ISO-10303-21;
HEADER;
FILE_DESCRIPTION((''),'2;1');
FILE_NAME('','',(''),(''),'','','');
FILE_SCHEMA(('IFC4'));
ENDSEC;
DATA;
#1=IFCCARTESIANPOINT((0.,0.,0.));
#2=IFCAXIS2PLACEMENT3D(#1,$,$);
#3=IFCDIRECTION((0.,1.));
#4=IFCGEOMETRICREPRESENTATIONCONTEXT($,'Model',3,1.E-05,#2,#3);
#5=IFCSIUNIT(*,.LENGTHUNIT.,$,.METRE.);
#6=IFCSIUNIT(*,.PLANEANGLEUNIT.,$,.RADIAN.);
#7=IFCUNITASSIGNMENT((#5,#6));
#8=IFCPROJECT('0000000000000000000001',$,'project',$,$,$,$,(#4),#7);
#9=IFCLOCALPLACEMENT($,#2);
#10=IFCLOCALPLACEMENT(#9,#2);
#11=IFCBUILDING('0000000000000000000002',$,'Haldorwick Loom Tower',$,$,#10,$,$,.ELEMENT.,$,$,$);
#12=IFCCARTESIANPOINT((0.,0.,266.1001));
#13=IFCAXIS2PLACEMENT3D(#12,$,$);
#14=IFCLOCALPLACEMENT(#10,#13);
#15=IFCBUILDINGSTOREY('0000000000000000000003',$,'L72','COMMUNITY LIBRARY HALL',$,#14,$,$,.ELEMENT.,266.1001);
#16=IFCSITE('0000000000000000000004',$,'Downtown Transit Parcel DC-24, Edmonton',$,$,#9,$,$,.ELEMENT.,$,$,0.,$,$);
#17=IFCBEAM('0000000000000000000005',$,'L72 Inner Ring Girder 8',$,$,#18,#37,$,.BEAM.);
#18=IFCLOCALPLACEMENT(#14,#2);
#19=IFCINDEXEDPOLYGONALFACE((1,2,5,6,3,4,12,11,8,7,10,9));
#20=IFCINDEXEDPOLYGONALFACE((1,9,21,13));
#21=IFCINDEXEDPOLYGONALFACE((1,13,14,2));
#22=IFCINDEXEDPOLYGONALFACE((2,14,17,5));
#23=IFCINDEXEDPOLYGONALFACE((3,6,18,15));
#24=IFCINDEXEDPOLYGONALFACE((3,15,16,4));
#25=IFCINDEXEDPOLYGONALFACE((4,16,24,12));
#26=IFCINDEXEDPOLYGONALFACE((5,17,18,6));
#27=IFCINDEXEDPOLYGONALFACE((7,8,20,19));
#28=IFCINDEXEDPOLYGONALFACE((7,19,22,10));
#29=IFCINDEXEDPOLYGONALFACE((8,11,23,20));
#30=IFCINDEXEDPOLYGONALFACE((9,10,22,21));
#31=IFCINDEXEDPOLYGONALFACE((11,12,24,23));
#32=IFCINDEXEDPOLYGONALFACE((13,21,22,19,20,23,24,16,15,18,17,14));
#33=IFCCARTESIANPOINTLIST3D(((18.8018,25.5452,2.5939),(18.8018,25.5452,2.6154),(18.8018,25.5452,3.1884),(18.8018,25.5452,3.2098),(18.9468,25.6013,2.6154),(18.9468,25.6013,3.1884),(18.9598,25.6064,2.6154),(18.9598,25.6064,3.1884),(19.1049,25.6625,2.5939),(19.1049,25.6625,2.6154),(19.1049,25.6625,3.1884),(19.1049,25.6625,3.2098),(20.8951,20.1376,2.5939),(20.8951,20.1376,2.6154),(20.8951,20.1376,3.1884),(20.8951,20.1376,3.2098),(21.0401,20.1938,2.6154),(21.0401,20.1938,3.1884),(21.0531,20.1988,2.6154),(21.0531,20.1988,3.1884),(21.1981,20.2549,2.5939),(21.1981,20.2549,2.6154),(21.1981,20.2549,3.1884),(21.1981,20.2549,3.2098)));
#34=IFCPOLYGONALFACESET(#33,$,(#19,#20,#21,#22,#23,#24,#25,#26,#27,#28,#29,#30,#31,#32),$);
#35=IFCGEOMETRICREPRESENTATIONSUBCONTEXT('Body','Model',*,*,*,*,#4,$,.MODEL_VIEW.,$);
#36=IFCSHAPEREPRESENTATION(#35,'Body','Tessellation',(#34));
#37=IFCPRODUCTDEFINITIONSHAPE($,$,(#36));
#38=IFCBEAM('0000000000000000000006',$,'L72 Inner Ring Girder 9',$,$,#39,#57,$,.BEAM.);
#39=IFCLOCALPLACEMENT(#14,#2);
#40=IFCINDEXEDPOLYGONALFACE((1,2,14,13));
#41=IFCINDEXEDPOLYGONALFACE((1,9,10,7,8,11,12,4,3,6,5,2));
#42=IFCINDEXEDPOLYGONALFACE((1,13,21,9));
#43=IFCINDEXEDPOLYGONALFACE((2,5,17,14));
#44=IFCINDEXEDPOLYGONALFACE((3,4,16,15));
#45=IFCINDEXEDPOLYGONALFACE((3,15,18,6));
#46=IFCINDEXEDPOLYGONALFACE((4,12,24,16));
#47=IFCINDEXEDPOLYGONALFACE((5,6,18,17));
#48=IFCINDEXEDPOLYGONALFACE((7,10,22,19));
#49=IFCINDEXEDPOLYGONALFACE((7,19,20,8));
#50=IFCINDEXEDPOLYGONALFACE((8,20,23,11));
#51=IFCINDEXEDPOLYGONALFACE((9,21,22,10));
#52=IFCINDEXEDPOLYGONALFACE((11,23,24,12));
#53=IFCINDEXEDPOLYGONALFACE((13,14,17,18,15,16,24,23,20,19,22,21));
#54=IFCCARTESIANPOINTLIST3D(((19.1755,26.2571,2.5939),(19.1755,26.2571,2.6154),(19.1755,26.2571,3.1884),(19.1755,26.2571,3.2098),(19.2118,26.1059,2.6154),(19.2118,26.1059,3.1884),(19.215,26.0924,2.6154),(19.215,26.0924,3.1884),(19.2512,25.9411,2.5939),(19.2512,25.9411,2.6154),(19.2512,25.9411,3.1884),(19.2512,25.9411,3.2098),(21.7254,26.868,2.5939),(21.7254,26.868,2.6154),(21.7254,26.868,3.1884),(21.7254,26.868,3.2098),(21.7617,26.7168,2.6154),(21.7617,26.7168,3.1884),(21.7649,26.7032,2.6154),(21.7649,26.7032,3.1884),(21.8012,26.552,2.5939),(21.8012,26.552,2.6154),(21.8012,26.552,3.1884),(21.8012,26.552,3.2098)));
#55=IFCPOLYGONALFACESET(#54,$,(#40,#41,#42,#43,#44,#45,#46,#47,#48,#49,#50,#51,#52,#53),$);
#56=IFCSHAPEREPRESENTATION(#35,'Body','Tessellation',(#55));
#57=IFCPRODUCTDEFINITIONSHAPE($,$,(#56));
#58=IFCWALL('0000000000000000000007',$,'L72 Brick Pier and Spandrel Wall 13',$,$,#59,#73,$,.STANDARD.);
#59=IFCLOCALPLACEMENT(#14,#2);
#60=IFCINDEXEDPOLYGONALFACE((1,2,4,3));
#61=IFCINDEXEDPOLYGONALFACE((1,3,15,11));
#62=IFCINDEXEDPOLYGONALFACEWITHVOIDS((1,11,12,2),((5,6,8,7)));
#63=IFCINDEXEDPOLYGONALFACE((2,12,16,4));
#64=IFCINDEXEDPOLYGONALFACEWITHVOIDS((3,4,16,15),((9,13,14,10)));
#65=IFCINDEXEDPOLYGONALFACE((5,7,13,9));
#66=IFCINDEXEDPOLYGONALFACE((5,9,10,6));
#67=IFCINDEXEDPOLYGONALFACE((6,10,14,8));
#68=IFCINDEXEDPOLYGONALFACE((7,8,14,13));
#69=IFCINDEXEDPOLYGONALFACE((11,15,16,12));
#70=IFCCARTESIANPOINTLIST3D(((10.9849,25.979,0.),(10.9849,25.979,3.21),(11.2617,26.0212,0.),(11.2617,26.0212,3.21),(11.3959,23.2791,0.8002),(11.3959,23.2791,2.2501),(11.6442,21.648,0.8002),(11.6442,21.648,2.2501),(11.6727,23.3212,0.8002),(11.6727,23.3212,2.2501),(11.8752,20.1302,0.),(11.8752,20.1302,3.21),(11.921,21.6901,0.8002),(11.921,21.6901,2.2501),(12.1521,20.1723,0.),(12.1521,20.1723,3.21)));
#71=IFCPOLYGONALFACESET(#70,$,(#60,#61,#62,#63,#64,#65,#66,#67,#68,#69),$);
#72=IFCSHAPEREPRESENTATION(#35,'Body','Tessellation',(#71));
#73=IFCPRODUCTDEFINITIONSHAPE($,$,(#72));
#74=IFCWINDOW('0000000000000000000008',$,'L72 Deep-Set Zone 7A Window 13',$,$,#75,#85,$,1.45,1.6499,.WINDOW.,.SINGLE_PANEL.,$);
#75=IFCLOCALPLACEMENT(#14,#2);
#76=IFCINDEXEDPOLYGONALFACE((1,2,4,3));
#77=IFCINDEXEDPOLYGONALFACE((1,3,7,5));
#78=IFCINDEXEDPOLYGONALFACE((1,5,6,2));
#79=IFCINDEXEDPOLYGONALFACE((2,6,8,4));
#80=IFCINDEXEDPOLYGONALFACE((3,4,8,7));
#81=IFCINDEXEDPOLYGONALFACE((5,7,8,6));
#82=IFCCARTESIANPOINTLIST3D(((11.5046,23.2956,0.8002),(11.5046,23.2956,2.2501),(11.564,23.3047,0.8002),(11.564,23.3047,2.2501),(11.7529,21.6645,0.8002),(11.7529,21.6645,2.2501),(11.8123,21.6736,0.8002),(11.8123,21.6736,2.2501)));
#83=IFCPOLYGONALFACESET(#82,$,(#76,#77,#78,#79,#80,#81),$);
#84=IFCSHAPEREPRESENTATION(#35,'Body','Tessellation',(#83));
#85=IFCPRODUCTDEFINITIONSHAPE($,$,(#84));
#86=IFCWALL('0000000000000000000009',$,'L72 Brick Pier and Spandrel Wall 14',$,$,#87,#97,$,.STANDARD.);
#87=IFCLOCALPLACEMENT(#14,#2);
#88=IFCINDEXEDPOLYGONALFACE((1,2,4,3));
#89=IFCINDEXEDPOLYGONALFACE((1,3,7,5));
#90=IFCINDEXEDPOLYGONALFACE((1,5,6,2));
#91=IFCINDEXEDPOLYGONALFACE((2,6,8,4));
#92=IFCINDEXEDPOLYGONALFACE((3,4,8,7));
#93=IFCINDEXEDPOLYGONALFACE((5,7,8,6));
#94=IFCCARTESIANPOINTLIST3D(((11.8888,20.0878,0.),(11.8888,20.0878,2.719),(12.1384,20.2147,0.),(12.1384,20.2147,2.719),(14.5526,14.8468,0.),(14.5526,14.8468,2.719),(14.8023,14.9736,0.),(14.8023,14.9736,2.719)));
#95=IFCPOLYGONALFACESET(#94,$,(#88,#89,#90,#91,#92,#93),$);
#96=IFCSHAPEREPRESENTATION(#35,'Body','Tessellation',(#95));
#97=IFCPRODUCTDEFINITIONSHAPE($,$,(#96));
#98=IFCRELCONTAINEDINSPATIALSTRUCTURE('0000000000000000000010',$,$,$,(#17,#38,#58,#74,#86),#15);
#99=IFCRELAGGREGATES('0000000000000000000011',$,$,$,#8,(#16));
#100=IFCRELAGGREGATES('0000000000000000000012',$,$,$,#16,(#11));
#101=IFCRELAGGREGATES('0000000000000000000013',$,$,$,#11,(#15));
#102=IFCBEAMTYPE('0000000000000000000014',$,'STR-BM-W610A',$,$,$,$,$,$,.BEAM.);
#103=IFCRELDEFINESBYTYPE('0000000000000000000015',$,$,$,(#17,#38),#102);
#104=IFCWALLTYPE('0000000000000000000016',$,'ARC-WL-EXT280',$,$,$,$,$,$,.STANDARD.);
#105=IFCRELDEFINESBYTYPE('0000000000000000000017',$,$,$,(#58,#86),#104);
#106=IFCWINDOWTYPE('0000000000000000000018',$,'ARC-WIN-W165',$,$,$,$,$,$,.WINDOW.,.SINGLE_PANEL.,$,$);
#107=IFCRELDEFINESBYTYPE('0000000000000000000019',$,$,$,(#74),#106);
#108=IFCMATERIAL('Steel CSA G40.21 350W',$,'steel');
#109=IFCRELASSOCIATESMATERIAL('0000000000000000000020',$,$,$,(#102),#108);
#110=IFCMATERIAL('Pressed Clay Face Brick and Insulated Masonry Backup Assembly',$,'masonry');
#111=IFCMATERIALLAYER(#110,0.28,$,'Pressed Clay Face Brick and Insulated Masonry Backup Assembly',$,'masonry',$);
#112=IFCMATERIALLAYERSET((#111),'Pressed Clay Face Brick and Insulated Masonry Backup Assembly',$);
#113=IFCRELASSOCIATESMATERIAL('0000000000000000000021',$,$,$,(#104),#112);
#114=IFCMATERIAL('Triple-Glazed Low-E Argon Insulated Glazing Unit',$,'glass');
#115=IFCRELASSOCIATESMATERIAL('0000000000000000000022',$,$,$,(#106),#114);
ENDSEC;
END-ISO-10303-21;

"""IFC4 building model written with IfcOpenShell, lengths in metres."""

from ifc_helpers import new_model, si_unit, direction, frame, frame_2d, origin, origin_2d, place, context, subcontext, project, spatial, rectangle, i_section, extrude, material, layer, layer_set, material_profile, profile_set, type_object, element, fill, save


model = new_model("IFC4")

# Units and contexts
model_context = context("Model", 3, precision=1e-05, world=origin(), true_north=direction((0.0, 1.0)))
body_context = subcontext(model_context, "Body", "Model", "MODEL_VIEW")
ifc_project = project(units=[si_unit("LENGTHUNIT", "METRE"), si_unit("PLANEANGLEUNIT", "RADIAN")], contexts=[model_context])

# Site, building, storey
site_placement = place(None, origin())
site = spatial("IfcSite", under=ifc_project, at=site_placement, Name="Downtown Transit Parcel DC-24, Edmonton", CompositionType="ELEMENT", RefElevation=0.0)
building_placement = place(site_placement, origin())
building = spatial("IfcBuilding", under=site, at=building_placement, Name="Haldorwick Loom Tower", CompositionType="ELEMENT")
storey_placement = place(building_placement, frame((0.0, 0.0, 266.1001)))
storey = spatial("IfcBuildingStorey", under=building, at=storey_placement, Name="L72", Description="COMMUNITY LIBRARY HALL", CompositionType="ELEMENT", Elevation=266.1001)

# Beams
ifc_material_1 = material(Name="Steel CSA G40.21 350W", Category="steel")
ifc_material_profile_1 = material_profile(ifc_material_1, i_section(OverallWidth=0.325, OverallDepth=0.616, WebThickness=0.0139, FlangeThickness=0.0215, at=origin_2d()), Name="W610X174", Category="steel")
ifc_profile_set_1 = profile_set([ifc_material_profile_1], Name="Steel CSA G40.21 350W")
beam_type_1 = type_object("IfcBeamType", Name="STR-BM-W610A", PredefinedType="BEAM", material=ifc_profile_set_1)
beam_1_placement = place(storey_placement, frame((21.0466, 20.1963, 2.9019), z_axis=(-0.361001, 0.932565, 0.0), x_axis=(-0.932565, -0.361001, 0.0)))
element("IfcBeam", 1, at=beam_1_placement, inside=storey, type_object=beam_type_1, Name="L72 Inner Ring Girder 8", PredefinedType="BEAM", context=body_context, shape_type="SweptSolid", body=[
    extrude(i_section(OverallWidth=0.325, OverallDepth=0.616, WebThickness=0.0139, FlangeThickness=0.0215, at=origin_2d()), origin(), (0.0, 0.0, 1.0), 5.7986),
])
beam_2_placement = place(storey_placement, frame((19.2134, 26.0991, 2.9019), z_axis=(0.972484, 0.232971, 0.0), x_axis=(-0.232971, 0.972484, 0.0)))
element("IfcBeam", 2, at=beam_2_placement, inside=storey, type_object=beam_type_1, Name="L72 Inner Ring Girder 9", PredefinedType="BEAM", context=body_context, shape_type="SweptSolid", body=[
    extrude(i_section(OverallWidth=0.325, OverallDepth=0.616, WebThickness=0.0139, FlangeThickness=0.0215, at=origin_2d()), origin(), (0.0, 0.0, 1.0), 2.6221),
])

# Wall, opening, window
ifc_material_2 = material(Name="Pressed Clay Face Brick and Insulated Masonry Backup Assembly", Category="masonry")
ifc_layer_1 = layer(ifc_material_2, 0.28, Name="Pressed Clay Face Brick and Insulated Masonry Backup Assembly", Category="masonry")
ifc_layer_set_1 = layer_set([ifc_layer_1], Name="Pressed Clay Face Brick and Insulated Masonry Backup Assembly")
wall_type_1 = type_object("IfcWallType", Name="ARC-WL-EXT280", PredefinedType="STANDARD", material=ifc_layer_set_1)
wall_1_placement = place(storey_placement, frame((11.1233, 26.0, 0.0), z_axis=(0.0, 0.0, 1.0), x_axis=(0.150497, -0.98861, 0.0)))
wall_1 = element("IfcWall", 3, at=wall_1_placement, inside=storey, type_object=wall_type_1, Name="L72 Brick Pier and Spandrel Wall 13", PredefinedType="STANDARD", context=body_context, shape_type="SweptSolid", body=[
    extrude(rectangle(XDim=5.9163, YDim=0.28, at=frame_2d((2.958, 0.0))), origin(), (0.0, 0.0, 1.0), 3.21),
])
opening_1_placement = place(wall_1_placement, frame((2.731, 0.0, 0.8)))
opening_1 = element("IfcOpeningElement", 4, at=opening_1_placement, cuts=wall_1, PredefinedType="OPENING", context=body_context, shape_type="SweptSolid", body=[
    extrude(rectangle(XDim=1.6499, YDim=1.45, at=frame_2d((0.825, 0.7251))), frame((0.0, 0.1499, 0.0), z_axis=(0.0, -1.0, 0.0), x_axis=(1.0, 0.0, 0.0)), (0.0, 0.0, 1.0), 0.3),
])
ifc_material_3 = material(Name="Triple-Glazed Low-E Argon Insulated Glazing Unit", Category="glass")
window_type = type_object("IfcWindowType", Name="ARC-WIN-W165", PartitioningType="SINGLE_PANEL", PredefinedType="WINDOW", material=ifc_material_3)
window_placement = place(opening_1_placement, origin())
window = element("IfcWindow", 5, at=window_placement, inside=storey, type_object=window_type, Name="L72 Deep-Set Zone 7A Window 13", OverallHeight=1.45, OverallWidth=1.6499, PartitioningType="SINGLE_PANEL", PredefinedType="WINDOW", context=body_context, shape_type="SweptSolid", body=[
    extrude(rectangle(XDim=1.6499, YDim=1.45, at=frame_2d((0.825, 0.7251))), frame((0.0, 0.03, 0.0), z_axis=(0.0, -1.0, 0.0), x_axis=(1.0, 0.0, 0.0)), (0.0, 0.0, 1.0), 0.0601),
])
fill(opening_1, window)

# Wall
wall_2_placement = place(storey_placement, frame((12.0137, 20.1511, 0.0), z_axis=(0.0, 0.0, 1.0), x_axis=(0.453101, -0.891459, 0.0)))
element("IfcWall", 6, at=wall_2_placement, inside=storey, type_object=wall_type_1, Name="L72 Brick Pier and Spandrel Wall 14", PredefinedType="STANDARD", context=body_context, shape_type="SweptSolid", body=[
    extrude(rectangle(XDim=5.8792, YDim=0.28, at=frame_2d((2.9395, 0.0))), origin(), (0.0, 0.0, 1.0), 2.719),
])

save(model, "model.ifc")
